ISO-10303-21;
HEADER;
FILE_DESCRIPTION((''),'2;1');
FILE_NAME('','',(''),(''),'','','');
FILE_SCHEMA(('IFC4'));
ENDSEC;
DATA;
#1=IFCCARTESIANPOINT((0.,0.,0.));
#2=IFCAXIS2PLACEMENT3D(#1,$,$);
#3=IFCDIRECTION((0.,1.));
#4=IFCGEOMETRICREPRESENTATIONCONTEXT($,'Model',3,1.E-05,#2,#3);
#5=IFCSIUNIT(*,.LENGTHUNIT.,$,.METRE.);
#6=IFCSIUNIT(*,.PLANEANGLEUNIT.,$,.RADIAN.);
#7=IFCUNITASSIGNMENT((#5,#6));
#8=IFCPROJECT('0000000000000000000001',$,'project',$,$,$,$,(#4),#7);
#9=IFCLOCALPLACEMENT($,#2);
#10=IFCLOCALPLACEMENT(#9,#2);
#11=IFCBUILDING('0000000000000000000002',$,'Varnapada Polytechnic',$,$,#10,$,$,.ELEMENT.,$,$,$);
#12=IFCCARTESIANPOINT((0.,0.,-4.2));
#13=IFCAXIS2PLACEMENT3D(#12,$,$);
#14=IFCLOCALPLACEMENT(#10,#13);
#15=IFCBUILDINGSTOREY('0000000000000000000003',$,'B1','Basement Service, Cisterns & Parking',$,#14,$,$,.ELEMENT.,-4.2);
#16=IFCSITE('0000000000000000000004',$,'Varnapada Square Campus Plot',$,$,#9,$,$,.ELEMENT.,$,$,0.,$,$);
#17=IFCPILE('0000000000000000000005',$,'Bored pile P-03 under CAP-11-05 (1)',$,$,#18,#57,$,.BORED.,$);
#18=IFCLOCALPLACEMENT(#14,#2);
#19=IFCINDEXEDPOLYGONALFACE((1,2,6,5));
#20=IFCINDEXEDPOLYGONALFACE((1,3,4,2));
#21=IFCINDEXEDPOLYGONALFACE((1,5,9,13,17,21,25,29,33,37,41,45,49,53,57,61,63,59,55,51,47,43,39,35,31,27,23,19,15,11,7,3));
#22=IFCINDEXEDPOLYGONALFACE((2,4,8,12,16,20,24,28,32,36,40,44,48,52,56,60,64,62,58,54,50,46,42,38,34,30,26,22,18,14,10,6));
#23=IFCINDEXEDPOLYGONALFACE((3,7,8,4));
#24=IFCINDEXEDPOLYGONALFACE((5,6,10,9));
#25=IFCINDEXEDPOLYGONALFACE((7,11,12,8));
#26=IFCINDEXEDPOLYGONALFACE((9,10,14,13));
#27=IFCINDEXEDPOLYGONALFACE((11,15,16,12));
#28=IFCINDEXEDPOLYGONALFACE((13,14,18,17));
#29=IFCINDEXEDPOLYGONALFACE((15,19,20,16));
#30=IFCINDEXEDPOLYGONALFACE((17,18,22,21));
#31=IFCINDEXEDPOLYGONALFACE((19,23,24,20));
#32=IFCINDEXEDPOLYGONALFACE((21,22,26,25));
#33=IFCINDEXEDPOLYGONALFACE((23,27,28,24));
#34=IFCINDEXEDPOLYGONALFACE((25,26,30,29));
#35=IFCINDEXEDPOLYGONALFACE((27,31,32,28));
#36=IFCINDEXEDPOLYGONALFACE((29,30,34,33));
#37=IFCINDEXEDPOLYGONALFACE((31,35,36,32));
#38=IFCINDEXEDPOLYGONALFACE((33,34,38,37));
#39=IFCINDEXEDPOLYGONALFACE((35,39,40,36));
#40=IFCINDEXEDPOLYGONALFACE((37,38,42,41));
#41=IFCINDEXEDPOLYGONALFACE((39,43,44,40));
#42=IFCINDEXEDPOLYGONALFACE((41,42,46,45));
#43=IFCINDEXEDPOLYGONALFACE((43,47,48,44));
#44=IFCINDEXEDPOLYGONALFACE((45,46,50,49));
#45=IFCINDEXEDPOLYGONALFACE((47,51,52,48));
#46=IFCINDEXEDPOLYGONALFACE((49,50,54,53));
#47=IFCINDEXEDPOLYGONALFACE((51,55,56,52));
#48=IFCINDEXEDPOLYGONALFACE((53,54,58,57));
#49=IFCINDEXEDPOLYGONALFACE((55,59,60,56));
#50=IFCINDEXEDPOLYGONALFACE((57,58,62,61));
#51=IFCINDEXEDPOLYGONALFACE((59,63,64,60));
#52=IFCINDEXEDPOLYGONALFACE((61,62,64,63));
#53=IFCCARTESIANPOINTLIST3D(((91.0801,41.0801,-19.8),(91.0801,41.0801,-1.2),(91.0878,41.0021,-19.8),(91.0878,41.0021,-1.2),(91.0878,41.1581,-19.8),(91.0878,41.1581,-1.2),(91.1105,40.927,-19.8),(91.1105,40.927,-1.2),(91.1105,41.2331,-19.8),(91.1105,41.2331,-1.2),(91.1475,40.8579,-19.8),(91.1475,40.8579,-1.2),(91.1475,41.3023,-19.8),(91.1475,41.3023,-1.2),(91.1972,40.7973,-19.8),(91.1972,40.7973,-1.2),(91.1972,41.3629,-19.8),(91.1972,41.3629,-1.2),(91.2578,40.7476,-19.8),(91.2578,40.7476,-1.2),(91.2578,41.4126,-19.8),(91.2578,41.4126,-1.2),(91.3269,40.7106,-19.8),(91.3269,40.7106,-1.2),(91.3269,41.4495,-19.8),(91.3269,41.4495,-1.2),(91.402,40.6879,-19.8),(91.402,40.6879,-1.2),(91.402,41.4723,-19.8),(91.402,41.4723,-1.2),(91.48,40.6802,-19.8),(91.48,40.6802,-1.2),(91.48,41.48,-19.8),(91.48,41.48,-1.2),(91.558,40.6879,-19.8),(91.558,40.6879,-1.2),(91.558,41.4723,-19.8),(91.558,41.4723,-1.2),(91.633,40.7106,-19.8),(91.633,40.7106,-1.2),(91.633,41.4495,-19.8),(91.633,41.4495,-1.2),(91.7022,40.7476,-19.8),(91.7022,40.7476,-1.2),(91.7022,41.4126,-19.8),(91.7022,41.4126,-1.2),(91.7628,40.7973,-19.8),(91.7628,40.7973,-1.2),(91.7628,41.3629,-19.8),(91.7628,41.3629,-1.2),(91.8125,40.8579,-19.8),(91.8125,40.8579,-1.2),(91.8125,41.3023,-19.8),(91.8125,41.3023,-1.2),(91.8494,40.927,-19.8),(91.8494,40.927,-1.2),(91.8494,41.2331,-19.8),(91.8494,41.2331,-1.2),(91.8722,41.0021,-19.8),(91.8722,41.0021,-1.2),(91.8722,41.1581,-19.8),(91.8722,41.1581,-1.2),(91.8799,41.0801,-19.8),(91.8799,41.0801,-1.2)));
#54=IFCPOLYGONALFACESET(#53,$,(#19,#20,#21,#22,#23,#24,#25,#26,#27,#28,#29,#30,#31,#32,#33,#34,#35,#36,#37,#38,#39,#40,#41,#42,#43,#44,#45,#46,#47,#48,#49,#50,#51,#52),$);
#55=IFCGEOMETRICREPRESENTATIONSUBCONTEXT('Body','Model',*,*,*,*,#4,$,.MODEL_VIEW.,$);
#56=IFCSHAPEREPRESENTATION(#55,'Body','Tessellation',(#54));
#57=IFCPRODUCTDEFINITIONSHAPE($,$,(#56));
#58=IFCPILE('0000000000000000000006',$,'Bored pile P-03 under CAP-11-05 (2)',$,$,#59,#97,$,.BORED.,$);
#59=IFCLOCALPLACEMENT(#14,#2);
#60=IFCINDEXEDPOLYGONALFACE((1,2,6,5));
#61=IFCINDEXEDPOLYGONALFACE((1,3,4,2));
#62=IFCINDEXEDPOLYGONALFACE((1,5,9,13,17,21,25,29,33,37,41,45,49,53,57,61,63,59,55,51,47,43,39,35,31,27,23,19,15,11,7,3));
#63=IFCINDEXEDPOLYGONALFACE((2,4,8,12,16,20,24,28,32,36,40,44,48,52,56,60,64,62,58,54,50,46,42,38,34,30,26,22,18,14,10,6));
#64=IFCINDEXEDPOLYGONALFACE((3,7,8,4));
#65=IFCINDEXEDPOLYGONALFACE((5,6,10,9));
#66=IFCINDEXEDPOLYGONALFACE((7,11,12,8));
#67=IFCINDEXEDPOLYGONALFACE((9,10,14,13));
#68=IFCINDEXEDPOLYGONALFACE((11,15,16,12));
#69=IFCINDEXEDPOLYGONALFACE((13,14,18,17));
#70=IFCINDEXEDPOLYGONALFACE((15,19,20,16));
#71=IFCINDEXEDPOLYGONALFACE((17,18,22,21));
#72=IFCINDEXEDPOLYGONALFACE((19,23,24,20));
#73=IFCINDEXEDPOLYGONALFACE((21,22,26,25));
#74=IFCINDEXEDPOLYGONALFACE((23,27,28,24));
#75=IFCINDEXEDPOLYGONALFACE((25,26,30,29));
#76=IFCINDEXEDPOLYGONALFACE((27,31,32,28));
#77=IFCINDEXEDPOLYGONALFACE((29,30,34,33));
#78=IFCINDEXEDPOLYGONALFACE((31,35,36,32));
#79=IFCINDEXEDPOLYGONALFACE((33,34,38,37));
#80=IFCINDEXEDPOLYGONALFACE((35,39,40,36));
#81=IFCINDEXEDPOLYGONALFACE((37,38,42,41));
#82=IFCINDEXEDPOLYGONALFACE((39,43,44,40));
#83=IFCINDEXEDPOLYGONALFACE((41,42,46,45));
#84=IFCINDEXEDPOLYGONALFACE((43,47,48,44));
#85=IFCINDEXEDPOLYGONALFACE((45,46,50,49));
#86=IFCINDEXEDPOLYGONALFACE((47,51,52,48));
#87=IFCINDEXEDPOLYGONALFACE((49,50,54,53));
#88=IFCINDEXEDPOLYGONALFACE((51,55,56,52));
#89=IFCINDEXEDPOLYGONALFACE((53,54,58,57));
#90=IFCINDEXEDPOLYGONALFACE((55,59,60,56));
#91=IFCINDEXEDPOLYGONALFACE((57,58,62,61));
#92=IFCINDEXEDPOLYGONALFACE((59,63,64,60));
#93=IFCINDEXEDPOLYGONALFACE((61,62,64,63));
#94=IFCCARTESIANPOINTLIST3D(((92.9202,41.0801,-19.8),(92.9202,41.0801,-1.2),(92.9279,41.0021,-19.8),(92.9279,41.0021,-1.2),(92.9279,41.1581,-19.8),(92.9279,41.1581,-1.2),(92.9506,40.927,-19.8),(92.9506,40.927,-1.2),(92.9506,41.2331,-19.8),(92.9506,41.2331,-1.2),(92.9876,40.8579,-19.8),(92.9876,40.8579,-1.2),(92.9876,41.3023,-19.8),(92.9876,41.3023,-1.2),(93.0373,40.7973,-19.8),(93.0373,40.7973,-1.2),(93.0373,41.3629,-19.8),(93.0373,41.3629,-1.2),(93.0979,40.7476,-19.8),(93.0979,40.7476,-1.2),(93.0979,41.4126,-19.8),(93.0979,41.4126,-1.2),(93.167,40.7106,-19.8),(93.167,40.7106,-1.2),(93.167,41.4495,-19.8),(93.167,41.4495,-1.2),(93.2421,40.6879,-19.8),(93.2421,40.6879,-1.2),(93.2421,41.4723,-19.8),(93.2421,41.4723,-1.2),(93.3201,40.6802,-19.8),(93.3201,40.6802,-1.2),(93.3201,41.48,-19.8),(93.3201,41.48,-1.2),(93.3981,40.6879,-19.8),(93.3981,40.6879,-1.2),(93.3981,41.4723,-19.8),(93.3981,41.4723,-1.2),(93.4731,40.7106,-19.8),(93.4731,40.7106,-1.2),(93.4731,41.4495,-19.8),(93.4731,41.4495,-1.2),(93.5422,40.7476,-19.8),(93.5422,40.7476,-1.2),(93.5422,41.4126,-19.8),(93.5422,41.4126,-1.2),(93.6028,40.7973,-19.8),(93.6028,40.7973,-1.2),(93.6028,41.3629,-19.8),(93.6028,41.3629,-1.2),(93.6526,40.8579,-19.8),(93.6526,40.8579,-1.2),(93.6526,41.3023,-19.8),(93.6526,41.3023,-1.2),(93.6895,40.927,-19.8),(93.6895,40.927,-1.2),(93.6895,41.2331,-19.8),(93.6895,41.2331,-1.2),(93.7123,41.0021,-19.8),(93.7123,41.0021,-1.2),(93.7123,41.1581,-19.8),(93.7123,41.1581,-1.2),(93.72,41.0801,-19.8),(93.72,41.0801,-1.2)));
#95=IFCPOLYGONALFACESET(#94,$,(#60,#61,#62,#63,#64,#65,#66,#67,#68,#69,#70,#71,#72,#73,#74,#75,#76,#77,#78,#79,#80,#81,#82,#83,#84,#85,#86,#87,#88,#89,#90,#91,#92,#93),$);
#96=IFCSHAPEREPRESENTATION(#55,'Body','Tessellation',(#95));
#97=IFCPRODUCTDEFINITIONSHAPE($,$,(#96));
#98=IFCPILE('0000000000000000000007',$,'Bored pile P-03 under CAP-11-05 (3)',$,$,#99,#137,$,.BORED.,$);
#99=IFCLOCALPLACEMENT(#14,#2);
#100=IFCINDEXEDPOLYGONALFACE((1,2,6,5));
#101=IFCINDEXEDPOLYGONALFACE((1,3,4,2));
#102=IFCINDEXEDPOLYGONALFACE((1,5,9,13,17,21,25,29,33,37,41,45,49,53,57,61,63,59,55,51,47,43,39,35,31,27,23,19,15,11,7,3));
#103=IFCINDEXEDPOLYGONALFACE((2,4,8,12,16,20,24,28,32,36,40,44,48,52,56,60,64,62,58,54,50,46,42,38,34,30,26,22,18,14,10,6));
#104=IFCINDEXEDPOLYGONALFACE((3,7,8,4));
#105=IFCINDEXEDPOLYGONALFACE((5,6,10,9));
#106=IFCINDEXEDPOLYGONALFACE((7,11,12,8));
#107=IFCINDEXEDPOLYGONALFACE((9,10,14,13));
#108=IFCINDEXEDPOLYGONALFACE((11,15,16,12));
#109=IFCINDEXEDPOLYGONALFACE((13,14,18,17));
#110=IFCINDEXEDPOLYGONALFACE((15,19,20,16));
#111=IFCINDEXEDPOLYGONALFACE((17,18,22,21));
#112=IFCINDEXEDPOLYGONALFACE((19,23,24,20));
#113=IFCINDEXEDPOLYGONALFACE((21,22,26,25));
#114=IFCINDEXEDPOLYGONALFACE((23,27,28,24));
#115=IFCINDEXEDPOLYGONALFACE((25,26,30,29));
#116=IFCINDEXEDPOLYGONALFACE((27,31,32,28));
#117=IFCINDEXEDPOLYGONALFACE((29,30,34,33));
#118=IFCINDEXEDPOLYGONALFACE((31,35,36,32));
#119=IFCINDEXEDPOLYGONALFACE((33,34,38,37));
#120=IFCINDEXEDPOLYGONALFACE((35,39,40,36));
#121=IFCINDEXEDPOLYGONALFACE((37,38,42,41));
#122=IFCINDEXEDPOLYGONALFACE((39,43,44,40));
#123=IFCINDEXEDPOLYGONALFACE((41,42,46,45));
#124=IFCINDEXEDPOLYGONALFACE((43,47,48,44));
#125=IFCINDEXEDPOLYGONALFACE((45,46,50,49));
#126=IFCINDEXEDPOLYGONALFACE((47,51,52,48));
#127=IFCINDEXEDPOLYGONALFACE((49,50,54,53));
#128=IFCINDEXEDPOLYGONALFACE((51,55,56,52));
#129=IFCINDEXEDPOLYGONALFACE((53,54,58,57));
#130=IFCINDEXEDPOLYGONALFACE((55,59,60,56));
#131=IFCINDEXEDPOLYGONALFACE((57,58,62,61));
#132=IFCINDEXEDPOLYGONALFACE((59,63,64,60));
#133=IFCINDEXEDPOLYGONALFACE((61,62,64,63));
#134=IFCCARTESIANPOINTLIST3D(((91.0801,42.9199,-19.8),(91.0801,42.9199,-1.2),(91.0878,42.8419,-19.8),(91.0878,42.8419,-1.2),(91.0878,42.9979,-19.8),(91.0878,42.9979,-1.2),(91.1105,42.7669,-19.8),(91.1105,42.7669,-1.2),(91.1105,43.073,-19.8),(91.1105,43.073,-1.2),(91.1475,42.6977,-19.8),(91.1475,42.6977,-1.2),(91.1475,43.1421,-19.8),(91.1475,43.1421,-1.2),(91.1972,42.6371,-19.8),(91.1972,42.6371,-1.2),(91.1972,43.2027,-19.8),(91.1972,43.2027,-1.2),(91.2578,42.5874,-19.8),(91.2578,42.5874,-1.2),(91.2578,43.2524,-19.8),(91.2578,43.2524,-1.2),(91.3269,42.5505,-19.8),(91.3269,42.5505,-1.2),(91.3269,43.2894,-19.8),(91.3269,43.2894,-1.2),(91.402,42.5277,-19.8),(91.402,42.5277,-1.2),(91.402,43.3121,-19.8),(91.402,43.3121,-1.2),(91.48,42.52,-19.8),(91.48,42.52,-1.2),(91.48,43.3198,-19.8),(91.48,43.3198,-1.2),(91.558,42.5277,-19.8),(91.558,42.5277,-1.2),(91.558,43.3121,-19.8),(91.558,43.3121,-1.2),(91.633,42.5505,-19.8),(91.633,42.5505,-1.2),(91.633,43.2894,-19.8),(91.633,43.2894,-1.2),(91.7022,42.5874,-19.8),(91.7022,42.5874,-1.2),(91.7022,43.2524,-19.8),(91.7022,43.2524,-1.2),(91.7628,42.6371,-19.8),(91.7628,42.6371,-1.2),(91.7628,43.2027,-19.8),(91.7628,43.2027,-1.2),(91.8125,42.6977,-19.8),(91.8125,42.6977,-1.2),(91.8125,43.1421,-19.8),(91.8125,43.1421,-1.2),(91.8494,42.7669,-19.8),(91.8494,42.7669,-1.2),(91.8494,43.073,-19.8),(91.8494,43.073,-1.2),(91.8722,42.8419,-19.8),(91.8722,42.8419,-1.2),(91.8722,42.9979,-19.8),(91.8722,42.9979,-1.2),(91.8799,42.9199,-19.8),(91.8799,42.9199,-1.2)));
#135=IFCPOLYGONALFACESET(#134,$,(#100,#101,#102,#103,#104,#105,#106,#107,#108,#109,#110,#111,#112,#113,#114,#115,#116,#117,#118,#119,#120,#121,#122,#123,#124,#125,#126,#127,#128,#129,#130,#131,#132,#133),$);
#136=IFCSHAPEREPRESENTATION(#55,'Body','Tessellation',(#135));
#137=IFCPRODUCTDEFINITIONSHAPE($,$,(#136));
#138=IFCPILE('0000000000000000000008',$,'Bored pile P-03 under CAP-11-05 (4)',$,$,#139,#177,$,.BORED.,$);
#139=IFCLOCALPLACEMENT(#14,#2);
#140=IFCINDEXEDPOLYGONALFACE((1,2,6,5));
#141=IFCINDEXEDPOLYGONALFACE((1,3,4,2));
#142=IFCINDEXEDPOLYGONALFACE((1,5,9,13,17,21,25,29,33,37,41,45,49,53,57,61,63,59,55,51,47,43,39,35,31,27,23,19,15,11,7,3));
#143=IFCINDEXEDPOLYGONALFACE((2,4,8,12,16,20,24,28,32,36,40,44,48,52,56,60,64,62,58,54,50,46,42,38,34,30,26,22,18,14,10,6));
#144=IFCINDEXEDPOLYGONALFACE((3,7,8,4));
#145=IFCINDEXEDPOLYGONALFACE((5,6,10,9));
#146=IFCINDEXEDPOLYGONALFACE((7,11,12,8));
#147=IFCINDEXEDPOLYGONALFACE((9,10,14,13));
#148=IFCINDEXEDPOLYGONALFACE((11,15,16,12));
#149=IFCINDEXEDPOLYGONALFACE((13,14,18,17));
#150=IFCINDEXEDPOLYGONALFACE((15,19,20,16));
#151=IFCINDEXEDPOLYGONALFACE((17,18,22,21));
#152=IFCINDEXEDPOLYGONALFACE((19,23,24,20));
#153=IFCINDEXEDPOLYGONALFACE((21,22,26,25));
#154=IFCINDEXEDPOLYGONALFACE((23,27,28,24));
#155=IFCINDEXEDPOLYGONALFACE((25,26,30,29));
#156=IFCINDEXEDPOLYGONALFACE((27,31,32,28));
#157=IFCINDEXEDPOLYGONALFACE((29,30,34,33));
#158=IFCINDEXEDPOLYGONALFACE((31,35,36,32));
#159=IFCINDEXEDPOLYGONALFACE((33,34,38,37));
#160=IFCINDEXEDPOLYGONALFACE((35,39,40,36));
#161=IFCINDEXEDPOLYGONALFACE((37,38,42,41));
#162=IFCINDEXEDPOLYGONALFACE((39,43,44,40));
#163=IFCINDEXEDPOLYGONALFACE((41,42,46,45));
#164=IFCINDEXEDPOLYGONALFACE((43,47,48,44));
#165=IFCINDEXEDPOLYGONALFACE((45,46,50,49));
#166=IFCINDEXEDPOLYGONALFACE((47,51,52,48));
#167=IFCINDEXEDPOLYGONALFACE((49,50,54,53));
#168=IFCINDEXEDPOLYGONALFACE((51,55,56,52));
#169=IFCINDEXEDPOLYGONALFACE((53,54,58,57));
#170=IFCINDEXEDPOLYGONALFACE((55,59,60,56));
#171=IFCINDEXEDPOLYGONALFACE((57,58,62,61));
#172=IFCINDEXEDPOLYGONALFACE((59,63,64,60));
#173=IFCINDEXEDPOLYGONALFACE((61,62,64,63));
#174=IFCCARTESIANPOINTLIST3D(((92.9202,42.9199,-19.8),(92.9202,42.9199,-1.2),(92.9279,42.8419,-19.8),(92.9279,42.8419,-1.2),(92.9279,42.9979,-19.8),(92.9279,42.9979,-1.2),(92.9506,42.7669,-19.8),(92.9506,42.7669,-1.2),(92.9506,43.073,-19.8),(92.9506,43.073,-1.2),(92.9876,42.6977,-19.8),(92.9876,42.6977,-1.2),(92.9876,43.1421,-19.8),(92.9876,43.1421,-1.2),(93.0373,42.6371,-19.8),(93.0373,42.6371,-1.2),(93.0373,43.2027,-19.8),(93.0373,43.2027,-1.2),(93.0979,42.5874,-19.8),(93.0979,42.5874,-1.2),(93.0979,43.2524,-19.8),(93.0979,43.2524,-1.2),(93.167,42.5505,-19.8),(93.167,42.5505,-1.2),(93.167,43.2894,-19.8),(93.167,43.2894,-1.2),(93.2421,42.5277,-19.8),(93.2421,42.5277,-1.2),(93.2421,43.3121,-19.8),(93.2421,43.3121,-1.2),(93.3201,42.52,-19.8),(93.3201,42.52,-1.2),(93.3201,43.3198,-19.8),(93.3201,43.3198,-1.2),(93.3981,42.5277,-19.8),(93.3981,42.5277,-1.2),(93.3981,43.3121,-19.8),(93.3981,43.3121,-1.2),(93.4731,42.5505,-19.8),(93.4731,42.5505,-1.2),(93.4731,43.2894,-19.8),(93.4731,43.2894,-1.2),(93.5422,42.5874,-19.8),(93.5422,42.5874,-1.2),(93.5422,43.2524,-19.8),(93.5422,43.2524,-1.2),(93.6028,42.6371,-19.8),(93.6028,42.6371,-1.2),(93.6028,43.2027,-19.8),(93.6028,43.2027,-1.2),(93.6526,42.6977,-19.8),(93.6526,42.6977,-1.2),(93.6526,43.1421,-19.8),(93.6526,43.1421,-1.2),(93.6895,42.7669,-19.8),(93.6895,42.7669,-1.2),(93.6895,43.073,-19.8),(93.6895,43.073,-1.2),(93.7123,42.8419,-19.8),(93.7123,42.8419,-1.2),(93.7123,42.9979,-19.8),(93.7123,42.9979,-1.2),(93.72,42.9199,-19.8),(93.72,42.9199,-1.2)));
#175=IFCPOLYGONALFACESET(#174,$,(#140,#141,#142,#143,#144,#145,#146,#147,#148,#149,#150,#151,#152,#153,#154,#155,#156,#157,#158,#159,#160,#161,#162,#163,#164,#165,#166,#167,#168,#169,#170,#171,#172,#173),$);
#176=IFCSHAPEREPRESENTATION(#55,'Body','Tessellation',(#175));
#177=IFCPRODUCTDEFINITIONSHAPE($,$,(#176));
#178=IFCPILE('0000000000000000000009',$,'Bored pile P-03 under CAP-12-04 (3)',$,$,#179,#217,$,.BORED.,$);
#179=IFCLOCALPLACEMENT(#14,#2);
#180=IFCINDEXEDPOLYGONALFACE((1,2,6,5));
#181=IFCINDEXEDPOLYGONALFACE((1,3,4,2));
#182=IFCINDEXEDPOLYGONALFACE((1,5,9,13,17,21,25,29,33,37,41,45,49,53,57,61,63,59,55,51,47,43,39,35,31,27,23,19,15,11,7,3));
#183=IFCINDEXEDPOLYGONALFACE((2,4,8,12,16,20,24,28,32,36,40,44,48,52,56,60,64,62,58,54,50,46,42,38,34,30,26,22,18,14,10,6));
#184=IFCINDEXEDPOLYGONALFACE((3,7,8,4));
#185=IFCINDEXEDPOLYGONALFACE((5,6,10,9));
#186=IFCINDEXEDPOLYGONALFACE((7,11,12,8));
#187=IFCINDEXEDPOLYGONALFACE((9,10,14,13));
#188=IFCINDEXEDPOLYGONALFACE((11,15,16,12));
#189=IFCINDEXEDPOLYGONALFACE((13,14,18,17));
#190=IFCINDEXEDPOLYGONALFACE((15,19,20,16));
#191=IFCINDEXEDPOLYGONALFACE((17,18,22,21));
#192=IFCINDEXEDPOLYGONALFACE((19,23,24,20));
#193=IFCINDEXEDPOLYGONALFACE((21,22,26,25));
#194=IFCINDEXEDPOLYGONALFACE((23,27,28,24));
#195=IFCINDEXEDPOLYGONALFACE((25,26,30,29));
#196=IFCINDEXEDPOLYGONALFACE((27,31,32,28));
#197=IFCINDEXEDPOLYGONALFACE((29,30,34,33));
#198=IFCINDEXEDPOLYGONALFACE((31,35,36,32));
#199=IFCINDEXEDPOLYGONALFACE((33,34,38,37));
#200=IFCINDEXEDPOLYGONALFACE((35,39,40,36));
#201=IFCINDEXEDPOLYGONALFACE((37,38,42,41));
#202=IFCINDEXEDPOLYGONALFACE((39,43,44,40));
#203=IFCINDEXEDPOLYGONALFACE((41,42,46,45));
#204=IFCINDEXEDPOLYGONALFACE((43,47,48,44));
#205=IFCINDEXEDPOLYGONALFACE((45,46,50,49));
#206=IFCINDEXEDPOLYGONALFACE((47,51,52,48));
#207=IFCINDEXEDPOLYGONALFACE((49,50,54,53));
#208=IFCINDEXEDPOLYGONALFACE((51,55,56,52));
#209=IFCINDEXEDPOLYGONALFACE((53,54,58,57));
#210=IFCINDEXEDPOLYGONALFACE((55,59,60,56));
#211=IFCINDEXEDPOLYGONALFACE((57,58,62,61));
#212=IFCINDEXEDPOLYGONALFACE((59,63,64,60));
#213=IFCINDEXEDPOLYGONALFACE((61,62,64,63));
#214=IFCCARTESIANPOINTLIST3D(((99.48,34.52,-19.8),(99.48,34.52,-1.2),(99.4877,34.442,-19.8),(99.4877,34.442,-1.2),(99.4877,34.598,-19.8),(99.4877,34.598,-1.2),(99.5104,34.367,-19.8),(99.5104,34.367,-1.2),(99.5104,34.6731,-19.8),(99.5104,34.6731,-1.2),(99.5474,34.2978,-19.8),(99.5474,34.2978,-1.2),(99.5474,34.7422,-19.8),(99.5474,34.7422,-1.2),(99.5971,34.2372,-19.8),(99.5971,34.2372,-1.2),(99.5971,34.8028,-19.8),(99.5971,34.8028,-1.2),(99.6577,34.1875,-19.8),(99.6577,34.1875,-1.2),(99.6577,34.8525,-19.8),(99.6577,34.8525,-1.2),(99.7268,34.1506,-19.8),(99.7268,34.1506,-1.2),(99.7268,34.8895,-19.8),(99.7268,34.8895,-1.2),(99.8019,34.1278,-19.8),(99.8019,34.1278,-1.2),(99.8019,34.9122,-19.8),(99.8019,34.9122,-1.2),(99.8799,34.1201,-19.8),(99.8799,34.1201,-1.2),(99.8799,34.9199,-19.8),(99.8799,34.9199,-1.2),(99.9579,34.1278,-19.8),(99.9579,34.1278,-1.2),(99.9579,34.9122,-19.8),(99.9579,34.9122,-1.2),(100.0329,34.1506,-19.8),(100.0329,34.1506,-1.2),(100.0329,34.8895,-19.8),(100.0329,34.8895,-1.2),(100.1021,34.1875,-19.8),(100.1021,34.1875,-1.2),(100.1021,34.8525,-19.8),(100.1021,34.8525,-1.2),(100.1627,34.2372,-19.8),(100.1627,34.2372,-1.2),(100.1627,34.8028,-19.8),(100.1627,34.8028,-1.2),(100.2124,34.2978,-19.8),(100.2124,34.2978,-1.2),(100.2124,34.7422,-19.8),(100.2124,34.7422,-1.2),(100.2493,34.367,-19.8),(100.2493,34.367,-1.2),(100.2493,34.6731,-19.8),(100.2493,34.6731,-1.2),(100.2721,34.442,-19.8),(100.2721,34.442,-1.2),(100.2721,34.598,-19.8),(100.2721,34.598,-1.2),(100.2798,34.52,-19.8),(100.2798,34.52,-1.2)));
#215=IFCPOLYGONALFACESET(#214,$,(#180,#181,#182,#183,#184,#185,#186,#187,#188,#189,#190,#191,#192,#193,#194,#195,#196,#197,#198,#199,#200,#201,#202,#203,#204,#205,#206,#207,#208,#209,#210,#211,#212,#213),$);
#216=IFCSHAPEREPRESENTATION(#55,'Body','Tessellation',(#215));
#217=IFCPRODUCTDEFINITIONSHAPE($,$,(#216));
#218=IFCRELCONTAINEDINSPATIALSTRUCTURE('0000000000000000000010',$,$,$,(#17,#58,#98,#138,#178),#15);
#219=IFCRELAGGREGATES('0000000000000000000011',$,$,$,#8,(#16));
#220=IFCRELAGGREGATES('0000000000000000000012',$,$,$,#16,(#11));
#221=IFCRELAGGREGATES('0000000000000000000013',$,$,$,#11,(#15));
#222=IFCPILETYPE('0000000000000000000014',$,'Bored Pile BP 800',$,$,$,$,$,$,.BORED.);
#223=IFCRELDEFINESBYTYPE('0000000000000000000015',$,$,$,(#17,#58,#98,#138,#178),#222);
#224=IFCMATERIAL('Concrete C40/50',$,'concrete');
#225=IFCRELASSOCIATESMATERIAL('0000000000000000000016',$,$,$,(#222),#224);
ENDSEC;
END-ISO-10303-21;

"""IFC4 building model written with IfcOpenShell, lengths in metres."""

from ifc_helpers import new_model, si_unit, direction, frame, origin, origin_2d, place, context, subcontext, project, spatial, circle, extrude, material, material_profile, profile_set, type_object, element, save


model = new_model("IFC4")

# Units and contexts
model_context = context("Model", 3, precision=1e-05, world=origin(), true_north=direction((0.0, 1.0)))
body_context = subcontext(model_context, "Body", "Model", "MODEL_VIEW")
ifc_project = project(units=[si_unit("LENGTHUNIT", "METRE"), si_unit("PLANEANGLEUNIT", "RADIAN")], contexts=[model_context])

# Site, building, storey
site_placement = place(None, origin())
site = spatial("IfcSite", under=ifc_project, at=site_placement, Name="Varnapada Square Campus Plot", CompositionType="ELEMENT", RefElevation=0.0)
building_placement = place(site_placement, origin())
building = spatial("IfcBuilding", under=site, at=building_placement, Name="Varnapada Polytechnic", CompositionType="ELEMENT")
storey_placement = place(building_placement, frame((0.0, 0.0, -4.2)))
storey = spatial("IfcBuildingStorey", under=building, at=storey_placement, Name="B1", Description="Basement Service, Cisterns & Parking", CompositionType="ELEMENT", Elevation=-4.2)

# Piles
ifc_material_1 = material(Name="Concrete C40/50", Category="concrete")
ifc_material_profile_1 = material_profile(ifc_material_1, circle(Radius=0.3999, at=origin_2d()), Name="BP 800")
ifc_profile_set_1 = profile_set([ifc_material_profile_1], Name="Concrete C40/50")
pile_type = type_object("IfcPileType", Name="Bored Pile BP 800", PredefinedType="BORED", material=ifc_profile_set_1)
for number, where, z_axis, x_axis, name in (
    (1, (91.48, 41.0801, -1.2), (0.0, 0.0, -1.0), (1.0, 0.0, 0.0), "Bored pile P-03 under CAP-11-05 (1)"),
    (2, (93.3201, 41.0801, -1.2), (0.0, 0.0, -1.0), (1.0, 0.0, 0.0), "Bored pile P-03 under CAP-11-05 (2)"),
    (3, (91.48, 42.9199, -1.2), (0.0, 0.0, -1.0), (1.0, 0.0, 0.0), "Bored pile P-03 under CAP-11-05 (3)"),
    (4, (93.3201, 42.9199, -1.2), (0.0, 0.0, -1.0), (1.0, 0.0, 0.0), "Bored pile P-03 under CAP-11-05 (4)"),
    (5, (99.8799, 34.52, -1.2), (0.0, 0.0, -1.0), (1.0, 0.0, 0.0), "Bored pile P-03 under CAP-12-04 (3)"),
):
    element("IfcPile", number, at=place(storey_placement, frame(where, z_axis=z_axis, x_axis=x_axis)), inside=storey, type_object=pile_type, Name=name, PredefinedType="BORED", context=body_context, shape_type="SweptSolid", body=[
        extrude(circle(Radius=0.3999, at=origin_2d()), origin(), (0.0, 0.0, 1.0), 18.6001),
    ])

save(model, "model.ifc")
